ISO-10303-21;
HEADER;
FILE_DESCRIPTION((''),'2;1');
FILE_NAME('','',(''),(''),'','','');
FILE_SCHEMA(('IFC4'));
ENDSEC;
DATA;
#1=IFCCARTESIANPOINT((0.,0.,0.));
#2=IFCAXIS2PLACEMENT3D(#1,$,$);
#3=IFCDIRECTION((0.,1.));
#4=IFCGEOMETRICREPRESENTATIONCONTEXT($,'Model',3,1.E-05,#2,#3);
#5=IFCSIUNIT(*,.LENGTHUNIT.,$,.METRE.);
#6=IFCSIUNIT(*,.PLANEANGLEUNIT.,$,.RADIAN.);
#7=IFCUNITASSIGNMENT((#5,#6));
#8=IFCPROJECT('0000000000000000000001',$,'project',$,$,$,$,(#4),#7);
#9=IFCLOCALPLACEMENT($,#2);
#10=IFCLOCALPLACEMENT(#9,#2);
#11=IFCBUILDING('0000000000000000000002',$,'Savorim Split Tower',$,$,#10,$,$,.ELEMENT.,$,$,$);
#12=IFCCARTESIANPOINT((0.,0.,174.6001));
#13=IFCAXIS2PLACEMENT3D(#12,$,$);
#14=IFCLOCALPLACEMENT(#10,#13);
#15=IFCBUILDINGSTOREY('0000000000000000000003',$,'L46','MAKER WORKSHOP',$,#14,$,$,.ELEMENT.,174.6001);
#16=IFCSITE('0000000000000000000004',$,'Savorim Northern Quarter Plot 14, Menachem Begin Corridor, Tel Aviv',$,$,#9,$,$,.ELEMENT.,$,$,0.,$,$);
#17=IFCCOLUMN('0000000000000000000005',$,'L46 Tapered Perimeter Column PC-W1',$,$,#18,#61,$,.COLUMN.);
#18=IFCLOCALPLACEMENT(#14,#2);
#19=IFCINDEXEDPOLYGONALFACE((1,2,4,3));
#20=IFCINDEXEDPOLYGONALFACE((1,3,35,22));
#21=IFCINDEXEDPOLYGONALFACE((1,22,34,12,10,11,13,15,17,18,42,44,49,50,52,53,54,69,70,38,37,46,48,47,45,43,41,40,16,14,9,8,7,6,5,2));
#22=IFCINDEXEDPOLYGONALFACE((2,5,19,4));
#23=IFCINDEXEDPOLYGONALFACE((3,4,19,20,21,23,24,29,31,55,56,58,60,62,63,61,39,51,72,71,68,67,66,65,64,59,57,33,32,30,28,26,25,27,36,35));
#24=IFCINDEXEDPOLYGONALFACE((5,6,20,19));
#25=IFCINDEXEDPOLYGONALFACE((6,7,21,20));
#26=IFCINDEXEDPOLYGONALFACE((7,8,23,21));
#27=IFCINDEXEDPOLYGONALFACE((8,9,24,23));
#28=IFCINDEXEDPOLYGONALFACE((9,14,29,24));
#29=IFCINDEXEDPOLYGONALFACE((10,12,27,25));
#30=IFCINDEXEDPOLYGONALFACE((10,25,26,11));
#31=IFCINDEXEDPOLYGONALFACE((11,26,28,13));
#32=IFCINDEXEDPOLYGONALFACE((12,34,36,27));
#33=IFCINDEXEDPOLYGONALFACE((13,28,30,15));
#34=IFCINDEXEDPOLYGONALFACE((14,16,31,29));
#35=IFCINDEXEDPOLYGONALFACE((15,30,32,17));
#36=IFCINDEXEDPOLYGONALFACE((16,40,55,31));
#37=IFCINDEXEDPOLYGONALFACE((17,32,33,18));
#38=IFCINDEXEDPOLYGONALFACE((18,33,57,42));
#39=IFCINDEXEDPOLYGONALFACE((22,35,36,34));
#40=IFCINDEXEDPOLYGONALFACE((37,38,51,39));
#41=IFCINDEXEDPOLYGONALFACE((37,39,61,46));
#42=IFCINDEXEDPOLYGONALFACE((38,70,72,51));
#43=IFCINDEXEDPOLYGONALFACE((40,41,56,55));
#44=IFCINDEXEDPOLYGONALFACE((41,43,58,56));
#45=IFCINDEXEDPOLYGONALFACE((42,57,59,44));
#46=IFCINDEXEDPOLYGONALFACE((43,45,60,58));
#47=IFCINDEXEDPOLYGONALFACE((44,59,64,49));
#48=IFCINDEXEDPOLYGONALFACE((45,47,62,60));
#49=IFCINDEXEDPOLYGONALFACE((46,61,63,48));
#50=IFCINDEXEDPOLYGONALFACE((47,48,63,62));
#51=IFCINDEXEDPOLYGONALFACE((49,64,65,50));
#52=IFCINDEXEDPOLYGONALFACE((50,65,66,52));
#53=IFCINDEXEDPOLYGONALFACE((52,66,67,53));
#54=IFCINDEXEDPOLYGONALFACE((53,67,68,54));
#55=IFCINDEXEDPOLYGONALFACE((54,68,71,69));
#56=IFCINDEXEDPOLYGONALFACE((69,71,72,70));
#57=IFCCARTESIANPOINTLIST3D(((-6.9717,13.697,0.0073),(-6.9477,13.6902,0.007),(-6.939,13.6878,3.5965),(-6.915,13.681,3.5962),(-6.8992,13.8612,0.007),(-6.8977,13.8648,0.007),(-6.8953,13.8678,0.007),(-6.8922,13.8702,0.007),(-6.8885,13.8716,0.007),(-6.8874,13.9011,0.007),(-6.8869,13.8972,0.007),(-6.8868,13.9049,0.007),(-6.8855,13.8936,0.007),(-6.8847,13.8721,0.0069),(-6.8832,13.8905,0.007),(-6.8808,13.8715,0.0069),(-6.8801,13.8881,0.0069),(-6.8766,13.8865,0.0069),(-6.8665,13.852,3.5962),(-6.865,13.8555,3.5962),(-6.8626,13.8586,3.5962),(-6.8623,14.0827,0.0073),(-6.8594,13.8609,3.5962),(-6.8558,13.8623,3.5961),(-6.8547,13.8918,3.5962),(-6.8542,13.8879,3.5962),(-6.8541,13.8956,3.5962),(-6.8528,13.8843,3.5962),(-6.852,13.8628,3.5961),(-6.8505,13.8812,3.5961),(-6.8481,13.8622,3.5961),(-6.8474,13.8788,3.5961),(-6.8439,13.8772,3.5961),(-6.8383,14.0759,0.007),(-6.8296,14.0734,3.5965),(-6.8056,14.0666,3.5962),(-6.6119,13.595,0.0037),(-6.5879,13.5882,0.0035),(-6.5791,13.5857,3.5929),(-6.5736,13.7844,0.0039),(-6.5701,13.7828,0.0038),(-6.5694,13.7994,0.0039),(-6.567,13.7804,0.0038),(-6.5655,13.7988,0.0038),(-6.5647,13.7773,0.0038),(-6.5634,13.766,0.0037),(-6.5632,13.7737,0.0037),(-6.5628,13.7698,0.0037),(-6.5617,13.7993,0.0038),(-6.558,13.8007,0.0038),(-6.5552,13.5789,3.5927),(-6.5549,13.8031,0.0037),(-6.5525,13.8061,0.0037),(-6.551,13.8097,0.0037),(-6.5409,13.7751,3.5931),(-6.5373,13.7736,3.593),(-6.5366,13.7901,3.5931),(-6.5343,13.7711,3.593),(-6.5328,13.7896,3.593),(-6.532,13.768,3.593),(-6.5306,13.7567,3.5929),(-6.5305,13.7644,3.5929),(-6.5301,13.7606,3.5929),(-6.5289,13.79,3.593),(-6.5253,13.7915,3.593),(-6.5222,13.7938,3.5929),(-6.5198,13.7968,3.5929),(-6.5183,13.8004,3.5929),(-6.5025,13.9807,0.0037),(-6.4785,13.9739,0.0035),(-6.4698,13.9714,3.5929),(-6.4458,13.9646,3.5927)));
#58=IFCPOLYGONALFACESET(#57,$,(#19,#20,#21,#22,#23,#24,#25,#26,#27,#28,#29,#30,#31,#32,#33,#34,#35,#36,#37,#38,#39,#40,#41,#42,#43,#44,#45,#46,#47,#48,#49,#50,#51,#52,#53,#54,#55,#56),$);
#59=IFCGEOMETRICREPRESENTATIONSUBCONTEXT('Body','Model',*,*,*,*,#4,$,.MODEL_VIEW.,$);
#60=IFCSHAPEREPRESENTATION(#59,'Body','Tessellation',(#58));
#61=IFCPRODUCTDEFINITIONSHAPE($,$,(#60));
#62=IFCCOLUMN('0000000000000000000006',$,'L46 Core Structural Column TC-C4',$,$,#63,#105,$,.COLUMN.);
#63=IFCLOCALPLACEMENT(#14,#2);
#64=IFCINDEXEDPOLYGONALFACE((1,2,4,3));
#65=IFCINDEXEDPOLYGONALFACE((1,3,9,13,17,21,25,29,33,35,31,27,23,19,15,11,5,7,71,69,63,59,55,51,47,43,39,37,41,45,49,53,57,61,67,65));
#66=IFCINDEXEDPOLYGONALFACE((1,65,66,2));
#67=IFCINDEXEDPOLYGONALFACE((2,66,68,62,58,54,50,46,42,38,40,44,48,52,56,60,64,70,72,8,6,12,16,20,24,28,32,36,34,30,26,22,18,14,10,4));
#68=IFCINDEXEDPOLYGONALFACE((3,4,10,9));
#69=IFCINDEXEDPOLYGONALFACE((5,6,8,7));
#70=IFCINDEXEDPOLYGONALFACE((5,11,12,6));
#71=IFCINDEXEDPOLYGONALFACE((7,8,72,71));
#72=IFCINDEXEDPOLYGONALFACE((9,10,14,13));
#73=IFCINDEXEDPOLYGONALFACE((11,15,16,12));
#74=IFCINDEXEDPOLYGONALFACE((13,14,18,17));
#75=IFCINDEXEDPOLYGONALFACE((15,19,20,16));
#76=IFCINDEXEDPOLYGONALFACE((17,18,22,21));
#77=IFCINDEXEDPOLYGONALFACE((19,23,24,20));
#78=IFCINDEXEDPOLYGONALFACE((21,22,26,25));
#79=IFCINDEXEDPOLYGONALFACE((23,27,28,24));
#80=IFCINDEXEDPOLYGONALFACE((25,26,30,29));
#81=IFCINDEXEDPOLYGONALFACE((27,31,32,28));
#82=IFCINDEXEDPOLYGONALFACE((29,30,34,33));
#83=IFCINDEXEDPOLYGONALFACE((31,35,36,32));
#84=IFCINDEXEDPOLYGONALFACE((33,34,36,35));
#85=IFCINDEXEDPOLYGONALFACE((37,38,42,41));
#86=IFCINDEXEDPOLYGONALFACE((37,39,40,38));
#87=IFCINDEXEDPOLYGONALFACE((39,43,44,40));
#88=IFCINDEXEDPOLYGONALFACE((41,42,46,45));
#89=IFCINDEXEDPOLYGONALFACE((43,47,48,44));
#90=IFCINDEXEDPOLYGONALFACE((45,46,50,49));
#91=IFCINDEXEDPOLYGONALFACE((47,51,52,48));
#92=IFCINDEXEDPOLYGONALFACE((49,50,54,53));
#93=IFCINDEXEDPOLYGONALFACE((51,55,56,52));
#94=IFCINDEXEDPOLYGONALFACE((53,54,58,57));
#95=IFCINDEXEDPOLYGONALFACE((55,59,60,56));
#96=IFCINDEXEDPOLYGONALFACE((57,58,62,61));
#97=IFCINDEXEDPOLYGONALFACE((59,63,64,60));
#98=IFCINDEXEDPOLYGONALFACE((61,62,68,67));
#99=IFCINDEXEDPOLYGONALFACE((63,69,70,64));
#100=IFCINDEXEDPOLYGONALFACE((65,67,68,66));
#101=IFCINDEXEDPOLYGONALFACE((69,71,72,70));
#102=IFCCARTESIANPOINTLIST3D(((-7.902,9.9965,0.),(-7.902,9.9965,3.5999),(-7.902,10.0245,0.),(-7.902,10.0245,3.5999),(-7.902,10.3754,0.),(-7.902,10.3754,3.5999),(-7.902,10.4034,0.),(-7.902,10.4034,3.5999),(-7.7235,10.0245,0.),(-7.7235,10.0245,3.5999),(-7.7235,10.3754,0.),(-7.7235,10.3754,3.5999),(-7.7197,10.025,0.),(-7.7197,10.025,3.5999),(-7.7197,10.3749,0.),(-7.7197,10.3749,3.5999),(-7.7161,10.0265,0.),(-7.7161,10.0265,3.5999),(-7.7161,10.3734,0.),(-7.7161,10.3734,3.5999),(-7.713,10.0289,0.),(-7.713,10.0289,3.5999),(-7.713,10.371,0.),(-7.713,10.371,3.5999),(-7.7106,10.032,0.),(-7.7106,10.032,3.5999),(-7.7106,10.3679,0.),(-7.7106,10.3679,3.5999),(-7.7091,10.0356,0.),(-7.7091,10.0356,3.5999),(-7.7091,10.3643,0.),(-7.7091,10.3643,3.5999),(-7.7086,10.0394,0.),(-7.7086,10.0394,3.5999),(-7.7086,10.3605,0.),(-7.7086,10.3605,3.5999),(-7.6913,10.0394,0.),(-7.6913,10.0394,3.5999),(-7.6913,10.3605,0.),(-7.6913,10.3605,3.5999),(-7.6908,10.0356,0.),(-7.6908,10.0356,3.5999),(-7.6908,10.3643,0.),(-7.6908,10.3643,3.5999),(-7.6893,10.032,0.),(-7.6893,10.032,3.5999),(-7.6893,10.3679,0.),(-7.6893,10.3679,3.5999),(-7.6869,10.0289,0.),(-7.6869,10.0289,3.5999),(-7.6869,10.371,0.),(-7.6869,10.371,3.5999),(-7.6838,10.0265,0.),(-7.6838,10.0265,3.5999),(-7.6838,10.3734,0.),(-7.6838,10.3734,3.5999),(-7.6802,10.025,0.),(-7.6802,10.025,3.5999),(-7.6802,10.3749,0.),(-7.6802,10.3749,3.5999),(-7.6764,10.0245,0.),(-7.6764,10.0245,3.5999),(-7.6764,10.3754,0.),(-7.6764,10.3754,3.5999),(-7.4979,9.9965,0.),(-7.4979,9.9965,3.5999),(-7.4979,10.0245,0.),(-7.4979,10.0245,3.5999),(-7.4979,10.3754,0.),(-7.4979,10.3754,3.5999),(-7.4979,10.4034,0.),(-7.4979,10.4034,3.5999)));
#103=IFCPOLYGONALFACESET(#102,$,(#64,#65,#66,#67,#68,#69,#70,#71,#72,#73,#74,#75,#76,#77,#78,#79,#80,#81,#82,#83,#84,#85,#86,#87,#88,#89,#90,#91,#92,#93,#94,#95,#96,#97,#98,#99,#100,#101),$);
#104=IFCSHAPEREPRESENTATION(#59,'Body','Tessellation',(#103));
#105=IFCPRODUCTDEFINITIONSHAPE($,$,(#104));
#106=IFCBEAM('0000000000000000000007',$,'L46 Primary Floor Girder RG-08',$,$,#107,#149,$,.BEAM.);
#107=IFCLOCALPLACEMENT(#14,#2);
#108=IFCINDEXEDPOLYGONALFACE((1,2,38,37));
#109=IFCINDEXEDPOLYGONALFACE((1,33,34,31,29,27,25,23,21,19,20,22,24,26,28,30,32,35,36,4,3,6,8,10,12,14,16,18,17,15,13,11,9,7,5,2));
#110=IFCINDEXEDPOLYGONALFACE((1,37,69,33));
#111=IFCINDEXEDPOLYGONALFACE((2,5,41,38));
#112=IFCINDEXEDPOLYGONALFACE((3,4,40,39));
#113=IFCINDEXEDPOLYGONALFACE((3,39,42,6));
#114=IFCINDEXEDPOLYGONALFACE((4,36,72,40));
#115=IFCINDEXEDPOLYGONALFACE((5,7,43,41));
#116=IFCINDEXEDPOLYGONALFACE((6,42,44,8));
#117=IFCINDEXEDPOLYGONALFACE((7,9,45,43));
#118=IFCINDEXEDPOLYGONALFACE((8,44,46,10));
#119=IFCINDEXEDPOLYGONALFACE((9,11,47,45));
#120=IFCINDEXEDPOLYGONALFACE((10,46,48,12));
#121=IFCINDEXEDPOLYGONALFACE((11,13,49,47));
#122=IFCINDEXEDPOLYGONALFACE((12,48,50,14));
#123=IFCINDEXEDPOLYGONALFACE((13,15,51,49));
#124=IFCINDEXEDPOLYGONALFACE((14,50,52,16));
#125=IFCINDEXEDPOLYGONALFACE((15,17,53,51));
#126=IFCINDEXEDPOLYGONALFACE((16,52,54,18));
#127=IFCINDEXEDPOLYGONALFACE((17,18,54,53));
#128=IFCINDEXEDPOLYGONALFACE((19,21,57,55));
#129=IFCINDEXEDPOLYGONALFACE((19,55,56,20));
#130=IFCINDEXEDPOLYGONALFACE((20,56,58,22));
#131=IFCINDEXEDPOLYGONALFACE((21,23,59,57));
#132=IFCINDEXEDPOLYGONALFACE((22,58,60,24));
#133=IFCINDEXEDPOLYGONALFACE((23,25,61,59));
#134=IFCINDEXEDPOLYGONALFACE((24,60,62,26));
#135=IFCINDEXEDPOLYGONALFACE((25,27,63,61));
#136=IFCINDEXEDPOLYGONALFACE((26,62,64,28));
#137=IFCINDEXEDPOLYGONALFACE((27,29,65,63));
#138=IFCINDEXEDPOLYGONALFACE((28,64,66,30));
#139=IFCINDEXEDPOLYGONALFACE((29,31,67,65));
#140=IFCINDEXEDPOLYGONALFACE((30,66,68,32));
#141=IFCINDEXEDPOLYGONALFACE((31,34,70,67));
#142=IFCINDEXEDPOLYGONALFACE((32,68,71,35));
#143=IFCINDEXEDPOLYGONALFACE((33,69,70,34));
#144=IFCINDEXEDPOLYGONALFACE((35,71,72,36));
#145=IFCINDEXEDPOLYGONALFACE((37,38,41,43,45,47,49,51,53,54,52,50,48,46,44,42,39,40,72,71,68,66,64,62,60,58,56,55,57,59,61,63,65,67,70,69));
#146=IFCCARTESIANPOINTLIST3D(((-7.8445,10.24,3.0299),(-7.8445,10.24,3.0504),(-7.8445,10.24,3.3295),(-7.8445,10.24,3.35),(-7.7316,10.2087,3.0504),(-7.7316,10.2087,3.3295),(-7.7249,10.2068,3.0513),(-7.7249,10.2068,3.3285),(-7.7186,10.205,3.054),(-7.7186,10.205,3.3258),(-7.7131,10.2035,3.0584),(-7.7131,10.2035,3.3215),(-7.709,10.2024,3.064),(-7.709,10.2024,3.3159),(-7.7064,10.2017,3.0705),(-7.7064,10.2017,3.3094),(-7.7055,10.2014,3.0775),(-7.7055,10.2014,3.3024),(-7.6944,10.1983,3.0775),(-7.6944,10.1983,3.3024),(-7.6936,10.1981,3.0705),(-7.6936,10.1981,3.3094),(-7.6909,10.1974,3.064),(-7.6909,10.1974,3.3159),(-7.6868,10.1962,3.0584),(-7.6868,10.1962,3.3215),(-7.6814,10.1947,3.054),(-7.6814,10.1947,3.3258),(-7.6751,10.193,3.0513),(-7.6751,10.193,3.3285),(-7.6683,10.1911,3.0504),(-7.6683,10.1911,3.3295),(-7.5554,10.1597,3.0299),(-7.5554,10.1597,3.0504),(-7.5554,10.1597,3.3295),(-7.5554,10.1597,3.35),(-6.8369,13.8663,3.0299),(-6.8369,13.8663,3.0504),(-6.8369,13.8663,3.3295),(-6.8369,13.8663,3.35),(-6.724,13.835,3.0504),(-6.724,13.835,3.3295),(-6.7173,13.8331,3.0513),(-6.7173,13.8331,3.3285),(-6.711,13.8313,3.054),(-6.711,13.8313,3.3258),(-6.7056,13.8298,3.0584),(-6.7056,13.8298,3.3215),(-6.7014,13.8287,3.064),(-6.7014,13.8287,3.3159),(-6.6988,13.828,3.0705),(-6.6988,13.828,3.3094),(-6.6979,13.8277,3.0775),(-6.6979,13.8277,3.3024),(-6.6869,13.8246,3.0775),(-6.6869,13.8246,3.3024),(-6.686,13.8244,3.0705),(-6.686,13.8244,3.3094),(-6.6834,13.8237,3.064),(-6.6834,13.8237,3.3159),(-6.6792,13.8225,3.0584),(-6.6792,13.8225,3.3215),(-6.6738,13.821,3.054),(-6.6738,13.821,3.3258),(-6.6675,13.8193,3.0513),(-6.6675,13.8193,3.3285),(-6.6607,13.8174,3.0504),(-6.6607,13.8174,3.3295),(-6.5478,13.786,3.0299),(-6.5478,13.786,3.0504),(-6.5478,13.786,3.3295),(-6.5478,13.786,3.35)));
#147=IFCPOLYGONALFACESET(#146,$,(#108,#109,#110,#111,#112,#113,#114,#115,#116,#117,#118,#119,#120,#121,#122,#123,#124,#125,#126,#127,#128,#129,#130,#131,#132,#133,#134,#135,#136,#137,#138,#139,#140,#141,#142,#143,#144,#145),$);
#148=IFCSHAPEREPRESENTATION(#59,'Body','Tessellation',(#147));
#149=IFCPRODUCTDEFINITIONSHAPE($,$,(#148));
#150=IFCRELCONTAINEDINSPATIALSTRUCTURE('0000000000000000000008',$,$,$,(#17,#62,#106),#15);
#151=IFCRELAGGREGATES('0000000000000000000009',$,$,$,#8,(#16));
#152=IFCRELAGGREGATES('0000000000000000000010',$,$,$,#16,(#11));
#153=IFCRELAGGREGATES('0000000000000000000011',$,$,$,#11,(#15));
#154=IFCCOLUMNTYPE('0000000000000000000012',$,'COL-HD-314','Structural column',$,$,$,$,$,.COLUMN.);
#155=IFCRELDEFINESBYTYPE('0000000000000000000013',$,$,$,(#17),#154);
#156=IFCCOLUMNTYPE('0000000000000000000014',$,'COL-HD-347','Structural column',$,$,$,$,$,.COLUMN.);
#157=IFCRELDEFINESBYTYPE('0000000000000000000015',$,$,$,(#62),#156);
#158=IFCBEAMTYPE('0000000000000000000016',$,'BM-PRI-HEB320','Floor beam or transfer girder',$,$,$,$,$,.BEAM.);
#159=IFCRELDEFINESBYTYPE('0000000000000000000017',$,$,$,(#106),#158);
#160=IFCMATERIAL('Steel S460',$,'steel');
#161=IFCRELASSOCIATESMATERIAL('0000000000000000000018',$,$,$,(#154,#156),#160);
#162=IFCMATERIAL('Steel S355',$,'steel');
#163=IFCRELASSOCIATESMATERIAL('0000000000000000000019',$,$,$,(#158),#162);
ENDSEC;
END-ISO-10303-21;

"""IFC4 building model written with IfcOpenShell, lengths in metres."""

from ifc_helpers import new_model, si_unit, direction, frame, origin, origin_2d, place, context, subcontext, project, spatial, i_section, extrude, material, material_profile, profile_set, type_object, element, save


model = new_model("IFC4")

# Units and contexts
model_context = context("Model", 3, precision=1e-05, world=origin(), true_north=direction((0.0, 1.0)))
body_context = subcontext(model_context, "Body", "Model", "MODEL_VIEW")
ifc_project = project(units=[si_unit("LENGTHUNIT", "METRE"), si_unit("PLANEANGLEUNIT", "RADIAN")], contexts=[model_context])

# Site, building, storey
site_placement = place(None, origin())
site = spatial("IfcSite", under=ifc_project, at=site_placement, Name="Savorim Northern Quarter Plot 14, Menachem Begin Corridor, Tel Aviv", CompositionType="ELEMENT", RefElevation=0.0)
building_placement = place(site_placement, origin())
building = spatial("IfcBuilding", under=site, at=building_placement, Name="Savorim Split Tower", CompositionType="ELEMENT")
storey_placement = place(building_placement, frame((0.0, 0.0, 174.6001)))
storey = spatial("IfcBuildingStorey", under=building, at=storey_placement, Name="L46", Description="MAKER WORKSHOP", CompositionType="ELEMENT", Elevation=174.6001)

# Columns
ifc_material_1 = material(Name="Steel S460", Category="steel")
ifc_material_profile_1 = material_profile(ifc_material_1, i_section(OverallWidth=0.4009, OverallDepth=0.3989, WebThickness=0.0156, FlangeThickness=0.0249, FilletRadius=0.0149, at=origin_2d()), Name="HD 400x314")
ifc_profile_set_1 = profile_set([ifc_material_profile_1], Name="Steel S460")
column_type_1 = type_object("IfcColumnType", Name="COL-HD-314", Description="Structural column", PredefinedType="COLUMN", material=ifc_profile_set_1)
column_1_placement = place(storey_placement, frame((-6.7251, 13.8354, 0.0054), z_axis=(0.009115, -0.002585, 0.999955), x_axis=(0.272824, 0.962064, 0.0)))
element("IfcColumn", 1, at=column_1_placement, inside=storey, type_object=column_type_1, Name="L46 Tapered Perimeter Column PC-W1", PredefinedType="COLUMN", context=body_context, shape_type="SweptSolid", body=[
    extrude(i_section(OverallWidth=0.4009, OverallDepth=0.3989, WebThickness=0.0156, FlangeThickness=0.0249, FilletRadius=0.0149, at=origin_2d()), origin(), (0.0, 0.0, 1.0), 3.5894),
])
ifc_material_profile_2 = material_profile(ifc_material_1, i_section(OverallWidth=0.4041, OverallDepth=0.407, WebThickness=0.0173, FlangeThickness=0.0281, FilletRadius=0.0149, at=origin_2d()), Name="HD 400x347")
ifc_profile_set_2 = profile_set([ifc_material_profile_2], Name="Steel S460")
column_type_2 = type_object("IfcColumnType", Name="COL-HD-347", Description="Structural column", PredefinedType="COLUMN", material=ifc_profile_set_2)
column_2_placement = place(storey_placement, frame((-7.7, 10.2, 0.0), z_axis=(0.0, 0.0, 1.0), x_axis=(1.0, 0.0, 0.0)))
element("IfcColumn", 2, at=column_2_placement, inside=storey, type_object=column_type_2, Name="L46 Core Structural Column TC-C4", PredefinedType="COLUMN", context=body_context, shape_type="SweptSolid", body=[
    extrude(i_section(OverallWidth=0.4041, OverallDepth=0.407, WebThickness=0.0173, FlangeThickness=0.0281, FilletRadius=0.0149, at=origin_2d()), origin(), (0.0, 0.0, 1.0), 3.5999),
])

# Beam
ifc_material_2 = material(Name="Steel S355", Category="steel")
ifc_material_profile_3 = material_profile(ifc_material_2, i_section(OverallWidth=0.3, OverallDepth=0.3201, WebThickness=0.0115, FlangeThickness=0.0205, FilletRadius=0.0271, at=origin_2d()), Name="HEB 320")
ifc_profile_set_3 = profile_set([ifc_material_profile_3], Name="Steel S355")
beam_type_1 = type_object("IfcBeamType", Name="BM-PRI-HEB320", Description="Floor beam or transfer girder", PredefinedType="BEAM", material=ifc_profile_set_3)
beam_1_placement = place(storey_placement, frame((-6.6924, 13.8262, 3.1899), z_axis=(-0.267714, -0.963498, 0.0), x_axis=(0.963498, -0.267714, 0.0)))
element("IfcBeam", 3, at=beam_1_placement, inside=storey, type_object=beam_type_1, Name="L46 Primary Floor Girder RG-08", PredefinedType="BEAM", context=body_context, shape_type="SweptSolid", body=[
    extrude(i_section(OverallWidth=0.3, OverallDepth=0.3201, WebThickness=0.0115, FlangeThickness=0.0205, FilletRadius=0.0271, at=origin_2d()), origin(), (0.0, 0.0, 1.0), 3.7637),
])

save(model, "model.ifc")
